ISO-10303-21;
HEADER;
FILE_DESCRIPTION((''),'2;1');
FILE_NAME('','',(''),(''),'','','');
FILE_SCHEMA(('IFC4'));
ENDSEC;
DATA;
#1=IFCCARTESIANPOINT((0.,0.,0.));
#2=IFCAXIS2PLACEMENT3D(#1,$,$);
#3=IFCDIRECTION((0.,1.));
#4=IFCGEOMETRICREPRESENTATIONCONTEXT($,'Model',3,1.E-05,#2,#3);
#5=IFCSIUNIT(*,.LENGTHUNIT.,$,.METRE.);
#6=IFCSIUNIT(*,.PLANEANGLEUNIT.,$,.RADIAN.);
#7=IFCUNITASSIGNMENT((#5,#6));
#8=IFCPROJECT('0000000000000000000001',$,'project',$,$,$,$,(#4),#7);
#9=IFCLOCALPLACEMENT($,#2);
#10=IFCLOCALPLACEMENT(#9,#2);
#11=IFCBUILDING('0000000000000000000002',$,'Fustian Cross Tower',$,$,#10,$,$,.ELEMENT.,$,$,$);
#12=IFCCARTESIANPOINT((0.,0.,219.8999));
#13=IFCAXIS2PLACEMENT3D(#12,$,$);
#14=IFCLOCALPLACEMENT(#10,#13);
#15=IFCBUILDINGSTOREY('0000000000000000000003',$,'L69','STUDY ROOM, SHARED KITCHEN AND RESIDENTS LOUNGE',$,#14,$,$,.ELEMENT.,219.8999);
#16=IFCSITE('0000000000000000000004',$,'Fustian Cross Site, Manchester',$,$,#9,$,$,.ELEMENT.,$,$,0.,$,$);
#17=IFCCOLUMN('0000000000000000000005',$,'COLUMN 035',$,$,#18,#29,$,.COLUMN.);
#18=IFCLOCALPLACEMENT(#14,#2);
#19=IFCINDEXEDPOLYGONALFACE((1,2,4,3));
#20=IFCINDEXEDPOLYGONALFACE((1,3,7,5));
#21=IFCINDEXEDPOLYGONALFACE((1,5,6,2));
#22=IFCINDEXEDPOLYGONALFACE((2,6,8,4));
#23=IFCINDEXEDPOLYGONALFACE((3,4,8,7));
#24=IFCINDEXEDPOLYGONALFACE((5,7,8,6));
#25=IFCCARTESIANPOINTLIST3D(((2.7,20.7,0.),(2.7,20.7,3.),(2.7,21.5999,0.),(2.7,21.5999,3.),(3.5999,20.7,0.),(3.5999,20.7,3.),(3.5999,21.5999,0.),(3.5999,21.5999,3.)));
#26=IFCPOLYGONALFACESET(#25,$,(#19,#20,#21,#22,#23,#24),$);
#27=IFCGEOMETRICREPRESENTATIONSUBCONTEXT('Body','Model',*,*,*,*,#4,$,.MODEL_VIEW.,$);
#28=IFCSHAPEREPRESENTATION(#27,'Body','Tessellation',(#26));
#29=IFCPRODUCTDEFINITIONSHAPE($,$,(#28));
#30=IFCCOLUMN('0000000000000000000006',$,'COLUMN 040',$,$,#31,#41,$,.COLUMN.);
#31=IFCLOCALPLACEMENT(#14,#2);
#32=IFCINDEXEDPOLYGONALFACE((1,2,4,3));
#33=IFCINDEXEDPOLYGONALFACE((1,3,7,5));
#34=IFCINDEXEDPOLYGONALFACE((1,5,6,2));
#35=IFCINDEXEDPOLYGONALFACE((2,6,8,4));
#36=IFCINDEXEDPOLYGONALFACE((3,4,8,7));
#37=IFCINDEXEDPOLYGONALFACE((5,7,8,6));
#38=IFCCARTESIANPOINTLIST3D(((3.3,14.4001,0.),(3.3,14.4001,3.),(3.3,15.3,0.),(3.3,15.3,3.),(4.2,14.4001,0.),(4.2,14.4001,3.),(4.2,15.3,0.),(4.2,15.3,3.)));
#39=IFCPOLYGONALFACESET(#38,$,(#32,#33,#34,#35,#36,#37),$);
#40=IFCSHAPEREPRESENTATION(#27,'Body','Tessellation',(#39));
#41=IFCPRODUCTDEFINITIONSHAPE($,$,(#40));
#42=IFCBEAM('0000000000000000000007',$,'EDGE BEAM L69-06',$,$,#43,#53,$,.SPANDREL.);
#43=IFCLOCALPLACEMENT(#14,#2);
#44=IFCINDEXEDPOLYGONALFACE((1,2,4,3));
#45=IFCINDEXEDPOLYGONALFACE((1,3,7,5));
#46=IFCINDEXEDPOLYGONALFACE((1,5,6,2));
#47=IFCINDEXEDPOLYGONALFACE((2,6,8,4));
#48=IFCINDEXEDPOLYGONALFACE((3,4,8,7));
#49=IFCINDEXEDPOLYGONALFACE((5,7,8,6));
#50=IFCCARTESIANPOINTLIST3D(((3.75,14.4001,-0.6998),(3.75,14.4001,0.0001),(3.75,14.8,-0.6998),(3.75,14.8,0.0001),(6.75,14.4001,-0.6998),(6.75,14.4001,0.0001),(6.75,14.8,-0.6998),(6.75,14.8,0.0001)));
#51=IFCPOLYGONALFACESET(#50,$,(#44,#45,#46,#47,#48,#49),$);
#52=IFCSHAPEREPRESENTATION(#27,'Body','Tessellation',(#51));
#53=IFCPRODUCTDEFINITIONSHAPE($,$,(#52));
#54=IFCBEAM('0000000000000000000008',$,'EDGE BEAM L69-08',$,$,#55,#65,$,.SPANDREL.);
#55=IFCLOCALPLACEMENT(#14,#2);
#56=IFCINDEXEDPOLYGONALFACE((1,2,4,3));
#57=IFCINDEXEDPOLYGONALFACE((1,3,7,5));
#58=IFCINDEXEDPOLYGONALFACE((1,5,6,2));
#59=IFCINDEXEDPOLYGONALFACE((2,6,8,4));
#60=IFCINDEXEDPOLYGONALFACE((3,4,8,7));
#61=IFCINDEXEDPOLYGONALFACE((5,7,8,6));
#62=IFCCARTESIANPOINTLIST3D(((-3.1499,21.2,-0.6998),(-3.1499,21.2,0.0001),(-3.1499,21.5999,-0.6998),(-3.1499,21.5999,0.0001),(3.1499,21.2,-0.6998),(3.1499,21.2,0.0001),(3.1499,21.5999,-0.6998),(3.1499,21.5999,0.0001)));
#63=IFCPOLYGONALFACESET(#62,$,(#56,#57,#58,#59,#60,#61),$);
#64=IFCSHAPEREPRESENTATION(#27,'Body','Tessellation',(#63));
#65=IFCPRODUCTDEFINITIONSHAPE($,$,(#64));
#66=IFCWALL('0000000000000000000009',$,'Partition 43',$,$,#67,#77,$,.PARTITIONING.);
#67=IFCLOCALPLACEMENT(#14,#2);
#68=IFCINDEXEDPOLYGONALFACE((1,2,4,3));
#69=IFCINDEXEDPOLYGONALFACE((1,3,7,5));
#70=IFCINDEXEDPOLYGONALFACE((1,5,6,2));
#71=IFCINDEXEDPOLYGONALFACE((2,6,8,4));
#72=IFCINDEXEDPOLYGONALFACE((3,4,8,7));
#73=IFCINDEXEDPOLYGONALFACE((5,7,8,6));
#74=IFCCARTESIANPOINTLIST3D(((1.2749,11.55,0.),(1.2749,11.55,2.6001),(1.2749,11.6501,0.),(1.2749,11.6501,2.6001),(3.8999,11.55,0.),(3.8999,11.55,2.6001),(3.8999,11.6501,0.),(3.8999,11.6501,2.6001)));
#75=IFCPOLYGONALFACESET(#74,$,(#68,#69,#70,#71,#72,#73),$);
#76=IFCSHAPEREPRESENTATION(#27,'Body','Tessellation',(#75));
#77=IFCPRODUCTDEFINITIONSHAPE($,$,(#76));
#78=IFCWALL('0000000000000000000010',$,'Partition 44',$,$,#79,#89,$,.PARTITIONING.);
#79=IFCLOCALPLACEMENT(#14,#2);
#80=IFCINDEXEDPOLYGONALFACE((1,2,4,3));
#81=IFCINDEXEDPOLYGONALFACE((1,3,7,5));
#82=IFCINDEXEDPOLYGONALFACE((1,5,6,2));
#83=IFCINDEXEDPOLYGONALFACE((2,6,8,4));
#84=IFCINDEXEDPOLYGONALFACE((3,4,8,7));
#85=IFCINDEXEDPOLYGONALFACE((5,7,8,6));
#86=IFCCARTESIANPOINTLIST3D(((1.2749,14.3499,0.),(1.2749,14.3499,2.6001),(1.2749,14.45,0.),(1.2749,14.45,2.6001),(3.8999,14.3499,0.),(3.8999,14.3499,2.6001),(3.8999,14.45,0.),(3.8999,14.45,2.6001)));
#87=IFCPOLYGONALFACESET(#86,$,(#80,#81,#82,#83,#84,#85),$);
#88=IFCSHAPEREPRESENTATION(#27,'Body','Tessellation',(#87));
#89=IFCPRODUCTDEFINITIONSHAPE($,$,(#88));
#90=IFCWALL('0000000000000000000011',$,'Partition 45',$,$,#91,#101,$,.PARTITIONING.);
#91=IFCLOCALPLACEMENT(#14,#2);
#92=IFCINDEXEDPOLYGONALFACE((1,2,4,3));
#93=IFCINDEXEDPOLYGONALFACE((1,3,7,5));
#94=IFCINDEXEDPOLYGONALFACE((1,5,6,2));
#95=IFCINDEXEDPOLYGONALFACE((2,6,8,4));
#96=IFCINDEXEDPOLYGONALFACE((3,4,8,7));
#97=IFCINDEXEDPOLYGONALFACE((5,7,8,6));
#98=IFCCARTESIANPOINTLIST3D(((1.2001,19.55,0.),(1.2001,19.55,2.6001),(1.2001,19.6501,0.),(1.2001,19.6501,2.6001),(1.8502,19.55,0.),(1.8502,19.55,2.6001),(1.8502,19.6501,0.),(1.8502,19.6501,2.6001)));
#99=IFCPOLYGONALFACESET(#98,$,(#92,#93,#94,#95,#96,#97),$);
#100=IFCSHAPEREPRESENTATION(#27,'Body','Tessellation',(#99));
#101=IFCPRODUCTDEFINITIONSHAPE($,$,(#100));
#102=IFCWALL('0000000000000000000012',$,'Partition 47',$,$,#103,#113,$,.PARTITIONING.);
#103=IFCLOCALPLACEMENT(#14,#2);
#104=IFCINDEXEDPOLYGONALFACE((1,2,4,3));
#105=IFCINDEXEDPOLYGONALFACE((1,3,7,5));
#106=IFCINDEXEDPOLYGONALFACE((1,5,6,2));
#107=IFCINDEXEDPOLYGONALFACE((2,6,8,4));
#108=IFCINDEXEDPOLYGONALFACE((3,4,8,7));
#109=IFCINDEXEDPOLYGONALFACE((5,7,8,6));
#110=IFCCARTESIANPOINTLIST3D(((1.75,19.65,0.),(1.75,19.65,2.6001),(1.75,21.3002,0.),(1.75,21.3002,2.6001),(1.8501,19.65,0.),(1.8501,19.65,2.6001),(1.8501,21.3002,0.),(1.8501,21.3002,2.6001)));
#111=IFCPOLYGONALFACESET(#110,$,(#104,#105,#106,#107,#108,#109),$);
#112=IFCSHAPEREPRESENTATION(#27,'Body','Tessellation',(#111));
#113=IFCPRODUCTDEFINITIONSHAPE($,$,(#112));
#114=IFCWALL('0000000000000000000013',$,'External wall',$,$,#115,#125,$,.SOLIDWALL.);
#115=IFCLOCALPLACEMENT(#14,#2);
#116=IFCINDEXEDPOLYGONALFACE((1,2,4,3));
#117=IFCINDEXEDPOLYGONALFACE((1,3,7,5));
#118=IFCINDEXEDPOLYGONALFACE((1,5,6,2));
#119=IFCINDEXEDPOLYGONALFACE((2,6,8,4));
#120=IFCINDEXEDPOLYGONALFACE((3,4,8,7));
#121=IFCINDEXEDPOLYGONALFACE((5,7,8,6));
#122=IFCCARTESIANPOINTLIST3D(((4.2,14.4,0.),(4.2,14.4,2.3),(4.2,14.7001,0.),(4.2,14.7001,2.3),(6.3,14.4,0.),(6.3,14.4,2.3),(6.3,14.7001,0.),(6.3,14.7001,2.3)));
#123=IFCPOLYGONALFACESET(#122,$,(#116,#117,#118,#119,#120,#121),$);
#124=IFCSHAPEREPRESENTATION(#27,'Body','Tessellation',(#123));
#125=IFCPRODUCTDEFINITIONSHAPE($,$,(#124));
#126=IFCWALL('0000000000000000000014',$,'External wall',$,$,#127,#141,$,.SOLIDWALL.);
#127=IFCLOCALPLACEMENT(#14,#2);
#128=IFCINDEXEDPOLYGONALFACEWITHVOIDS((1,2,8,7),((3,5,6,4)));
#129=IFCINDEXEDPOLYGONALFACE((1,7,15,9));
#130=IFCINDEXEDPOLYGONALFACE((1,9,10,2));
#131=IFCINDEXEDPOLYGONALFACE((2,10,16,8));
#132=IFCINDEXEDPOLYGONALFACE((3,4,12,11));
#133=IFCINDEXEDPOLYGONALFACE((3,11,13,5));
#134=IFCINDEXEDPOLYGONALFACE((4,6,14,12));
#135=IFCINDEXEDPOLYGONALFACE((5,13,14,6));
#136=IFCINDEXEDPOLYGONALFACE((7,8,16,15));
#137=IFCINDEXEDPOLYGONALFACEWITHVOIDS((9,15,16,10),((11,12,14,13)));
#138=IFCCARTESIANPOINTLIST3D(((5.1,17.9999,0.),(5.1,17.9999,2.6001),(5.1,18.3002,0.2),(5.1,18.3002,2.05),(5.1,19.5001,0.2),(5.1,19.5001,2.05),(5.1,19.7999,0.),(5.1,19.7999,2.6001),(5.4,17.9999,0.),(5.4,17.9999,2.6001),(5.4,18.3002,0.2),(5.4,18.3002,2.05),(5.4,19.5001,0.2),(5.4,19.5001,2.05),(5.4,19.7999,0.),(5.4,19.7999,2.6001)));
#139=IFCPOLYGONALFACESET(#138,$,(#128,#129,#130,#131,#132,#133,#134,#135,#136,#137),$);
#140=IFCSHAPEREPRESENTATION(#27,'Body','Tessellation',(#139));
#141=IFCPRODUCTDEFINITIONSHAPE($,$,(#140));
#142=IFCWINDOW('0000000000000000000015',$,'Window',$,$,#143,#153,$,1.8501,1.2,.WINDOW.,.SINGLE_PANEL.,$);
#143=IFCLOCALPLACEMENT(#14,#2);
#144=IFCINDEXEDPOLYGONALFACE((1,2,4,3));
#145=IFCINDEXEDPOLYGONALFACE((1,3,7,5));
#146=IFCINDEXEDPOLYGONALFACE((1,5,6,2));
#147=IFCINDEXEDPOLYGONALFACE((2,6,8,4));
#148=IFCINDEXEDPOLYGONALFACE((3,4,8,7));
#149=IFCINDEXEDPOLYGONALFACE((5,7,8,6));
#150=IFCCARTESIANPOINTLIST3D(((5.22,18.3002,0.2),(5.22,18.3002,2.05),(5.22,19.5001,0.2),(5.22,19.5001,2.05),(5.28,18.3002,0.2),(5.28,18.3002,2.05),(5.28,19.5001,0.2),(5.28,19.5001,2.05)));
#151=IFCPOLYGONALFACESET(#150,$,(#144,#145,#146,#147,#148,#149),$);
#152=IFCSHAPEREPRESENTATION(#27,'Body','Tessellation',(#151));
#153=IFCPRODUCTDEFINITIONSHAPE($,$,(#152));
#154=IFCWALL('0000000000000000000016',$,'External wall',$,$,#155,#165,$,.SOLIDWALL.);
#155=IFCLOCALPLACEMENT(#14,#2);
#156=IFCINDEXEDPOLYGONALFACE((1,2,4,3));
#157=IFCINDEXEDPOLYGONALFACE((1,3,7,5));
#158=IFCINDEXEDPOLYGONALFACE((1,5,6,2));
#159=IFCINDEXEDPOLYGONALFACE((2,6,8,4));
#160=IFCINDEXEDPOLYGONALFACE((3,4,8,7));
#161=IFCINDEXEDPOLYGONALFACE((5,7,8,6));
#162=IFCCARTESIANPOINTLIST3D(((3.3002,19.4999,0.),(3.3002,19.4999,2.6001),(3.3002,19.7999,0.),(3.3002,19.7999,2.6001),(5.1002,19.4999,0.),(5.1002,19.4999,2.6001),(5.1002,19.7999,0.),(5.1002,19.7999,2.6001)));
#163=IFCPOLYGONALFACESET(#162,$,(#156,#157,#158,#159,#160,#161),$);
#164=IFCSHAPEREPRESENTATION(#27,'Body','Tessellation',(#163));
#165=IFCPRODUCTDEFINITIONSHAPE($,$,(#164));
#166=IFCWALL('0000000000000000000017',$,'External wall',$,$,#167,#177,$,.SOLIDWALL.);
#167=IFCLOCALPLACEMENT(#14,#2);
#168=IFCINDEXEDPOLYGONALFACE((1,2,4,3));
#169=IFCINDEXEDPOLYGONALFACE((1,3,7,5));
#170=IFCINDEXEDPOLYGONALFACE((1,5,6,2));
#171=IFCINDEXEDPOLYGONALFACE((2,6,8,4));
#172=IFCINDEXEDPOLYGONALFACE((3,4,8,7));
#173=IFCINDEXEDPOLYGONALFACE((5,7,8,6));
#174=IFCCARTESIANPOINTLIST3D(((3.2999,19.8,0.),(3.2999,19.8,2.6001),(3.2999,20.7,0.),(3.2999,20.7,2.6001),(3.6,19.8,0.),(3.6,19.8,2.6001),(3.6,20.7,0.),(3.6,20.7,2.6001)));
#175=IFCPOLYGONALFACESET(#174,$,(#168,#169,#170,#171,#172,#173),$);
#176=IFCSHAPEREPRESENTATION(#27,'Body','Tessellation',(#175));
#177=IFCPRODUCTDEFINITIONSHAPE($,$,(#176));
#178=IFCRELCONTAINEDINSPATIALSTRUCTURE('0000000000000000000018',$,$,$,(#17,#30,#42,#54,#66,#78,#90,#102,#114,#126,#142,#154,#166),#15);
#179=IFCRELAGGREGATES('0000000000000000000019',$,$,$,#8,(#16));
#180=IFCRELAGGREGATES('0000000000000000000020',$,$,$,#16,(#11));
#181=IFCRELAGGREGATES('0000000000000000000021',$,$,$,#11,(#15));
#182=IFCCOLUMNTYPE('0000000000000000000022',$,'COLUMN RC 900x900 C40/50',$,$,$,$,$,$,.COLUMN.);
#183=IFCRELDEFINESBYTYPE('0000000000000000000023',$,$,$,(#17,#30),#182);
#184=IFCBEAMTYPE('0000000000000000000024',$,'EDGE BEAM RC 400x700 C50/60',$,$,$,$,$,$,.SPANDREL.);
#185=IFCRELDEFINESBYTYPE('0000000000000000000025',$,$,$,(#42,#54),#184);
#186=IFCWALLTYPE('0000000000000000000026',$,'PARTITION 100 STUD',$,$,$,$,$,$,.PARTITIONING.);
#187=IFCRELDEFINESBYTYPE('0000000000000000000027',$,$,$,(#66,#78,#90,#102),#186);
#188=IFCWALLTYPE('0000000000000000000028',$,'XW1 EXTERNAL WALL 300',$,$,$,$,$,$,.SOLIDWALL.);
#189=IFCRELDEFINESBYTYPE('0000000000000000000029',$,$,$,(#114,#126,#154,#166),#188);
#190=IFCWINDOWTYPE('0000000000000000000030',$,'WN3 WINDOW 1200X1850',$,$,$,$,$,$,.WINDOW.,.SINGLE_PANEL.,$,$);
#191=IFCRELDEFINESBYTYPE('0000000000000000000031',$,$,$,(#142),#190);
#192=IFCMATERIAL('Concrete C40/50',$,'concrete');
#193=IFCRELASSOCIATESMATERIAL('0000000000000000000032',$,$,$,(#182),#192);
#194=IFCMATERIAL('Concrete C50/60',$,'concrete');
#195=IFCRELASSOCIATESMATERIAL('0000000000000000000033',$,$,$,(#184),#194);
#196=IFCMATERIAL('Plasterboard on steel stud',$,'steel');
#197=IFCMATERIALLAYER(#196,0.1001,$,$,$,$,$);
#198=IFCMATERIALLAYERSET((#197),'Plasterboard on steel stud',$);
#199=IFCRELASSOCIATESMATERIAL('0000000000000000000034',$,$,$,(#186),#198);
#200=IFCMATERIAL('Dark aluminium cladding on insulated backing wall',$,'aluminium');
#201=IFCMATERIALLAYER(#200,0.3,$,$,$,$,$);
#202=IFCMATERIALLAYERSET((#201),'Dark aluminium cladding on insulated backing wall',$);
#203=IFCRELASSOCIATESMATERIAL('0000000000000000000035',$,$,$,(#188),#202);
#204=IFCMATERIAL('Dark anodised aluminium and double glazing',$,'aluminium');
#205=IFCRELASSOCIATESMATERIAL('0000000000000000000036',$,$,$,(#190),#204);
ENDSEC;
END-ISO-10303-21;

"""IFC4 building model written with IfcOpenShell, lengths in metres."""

from ifc_helpers import new_model, si_unit, direction, frame, frame_2d, origin, origin_2d, place, context, subcontext, project, spatial, rectangle, extrude, material, layer, layer_set, material_profile, profile_set, type_object, element, fill, save


model = new_model("IFC4")

# Units and contexts
model_context = context("Model", 3, precision=1e-05, world=origin(), true_north=direction((0.0, 1.0)))
body_context = subcontext(model_context, "Body", "Model", "MODEL_VIEW")
ifc_project = project(units=[si_unit("LENGTHUNIT", "METRE"), si_unit("PLANEANGLEUNIT", "RADIAN")], contexts=[model_context])

# Site, building, storey
site_placement = place(None, origin())
site = spatial("IfcSite", under=ifc_project, at=site_placement, Name="Fustian Cross Site, Manchester", CompositionType="ELEMENT", RefElevation=0.0)
building_placement = place(site_placement, origin())
building = spatial("IfcBuilding", under=site, at=building_placement, Name="Fustian Cross Tower", CompositionType="ELEMENT")
storey_placement = place(building_placement, frame((0.0, 0.0, 219.8999)))
storey = spatial("IfcBuildingStorey", under=building, at=storey_placement, Name="L69", Description="STUDY ROOM, SHARED KITCHEN AND RESIDENTS LOUNGE", CompositionType="ELEMENT", Elevation=219.8999)

# Columns
ifc_material_1 = material(Name="Concrete C40/50", Category="concrete")
ifc_material_profile_1 = material_profile(ifc_material_1, rectangle(XDim=0.8999, YDim=0.8999, at=origin_2d()), Name="RC 900x900")
ifc_profile_set_1 = profile_set([ifc_material_profile_1], Name="Concrete C40/50")
column_type = type_object("IfcColumnType", Name="COLUMN RC 900x900 C40/50", PredefinedType="COLUMN", material=ifc_profile_set_1)
for number, where, z_axis, x_axis, name in (
    (1, (3.1499, 21.1499, 0.0), (0.0, 0.0, 1.0), (1.0, 0.0, 0.0), "COLUMN 035"),
    (2, (3.75, 14.8501, 0.0), (0.0, 0.0, 1.0), (1.0, 0.0, 0.0), "COLUMN 040"),
):
    element("IfcColumn", number, at=place(storey_placement, frame(where, z_axis=z_axis, x_axis=x_axis)), inside=storey, type_object=column_type, Name=name, PredefinedType="COLUMN", context=body_context, shape_type="SweptSolid", body=[
        extrude(rectangle(XDim=0.8999, YDim=0.8999, at=origin_2d()), origin(), (0.0, 0.0, 1.0), 3.0),
    ])

# Beams
ifc_material_2 = material(Name="Concrete C50/60", Category="concrete")
ifc_material_profile_2 = material_profile(ifc_material_2, rectangle(XDim=0.3999, YDim=0.7, at=origin_2d()), Name="RC 400x700")
ifc_profile_set_2 = profile_set([ifc_material_profile_2], Name="Concrete C50/60")
beam_type = type_object("IfcBeamType", Name="EDGE BEAM RC 400x700 C50/60", PredefinedType="SPANDREL", material=ifc_profile_set_2)
beam_1_placement = place(storey_placement, frame((3.75, 14.6001, -0.3499), z_axis=(1.0, 0.0, 0.0), x_axis=(0.0, 1.0, 0.0)))
element("IfcBeam", 3, at=beam_1_placement, inside=storey, type_object=beam_type, Name="EDGE BEAM L69-06", PredefinedType="SPANDREL", context=body_context, shape_type="SweptSolid", body=[
    extrude(rectangle(XDim=0.3999, YDim=0.7, at=origin_2d()), origin(), (0.0, 0.0, 1.0), 3.0),
])
beam_2_placement = place(storey_placement, frame((3.1499, 21.3999, -0.3499), z_axis=(-1.0, 0.0, 0.0), x_axis=(0.0, -1.0, 0.0)))
element("IfcBeam", 4, at=beam_2_placement, inside=storey, type_object=beam_type, Name="EDGE BEAM L69-08", PredefinedType="SPANDREL", context=body_context, shape_type="SweptSolid", body=[
    extrude(rectangle(XDim=0.3999, YDim=0.7, at=origin_2d()), origin(), (0.0, 0.0, 1.0), 6.2998),
])

# Walls
ifc_material_3 = material(Name="Plasterboard on steel stud", Category="steel")
ifc_layer_1 = layer(ifc_material_3, 0.1001)
ifc_layer_set_1 = layer_set([ifc_layer_1], Name="Plasterboard on steel stud")
wall_type_1 = type_object("IfcWallType", Name="PARTITION 100 STUD", PredefinedType="PARTITIONING", material=ifc_layer_set_1)
for number, where, z_axis, x_axis, name in (
    (5, (1.2749, 11.6001, 0.0), (0.0, 0.0, 1.0), (1.0, 0.0, 0.0), "Partition 43"),
    (6, (1.2749, 14.3999, 0.0), (0.0, 0.0, 1.0), (1.0, 0.0, 0.0), "Partition 44"),
):
    element("IfcWall", number, at=place(storey_placement, frame(where, z_axis=z_axis, x_axis=x_axis)), inside=storey, type_object=wall_type_1, Name=name, PredefinedType="PARTITIONING", context=body_context, shape_type="SweptSolid", body=[
        extrude(rectangle(XDim=2.625, YDim=0.1001, at=frame_2d((1.3125, 0.0))), origin(), (0.0, 0.0, 1.0), 2.6001),
    ])
wall_1_placement = place(storey_placement, frame((1.2, 19.6001, 0.0), z_axis=(0.0, 0.0, 1.0), x_axis=(1.0, 0.0, 0.0)))
element("IfcWall", 7, at=wall_1_placement, inside=storey, type_object=wall_type_1, Name="Partition 45", PredefinedType="PARTITIONING", context=body_context, shape_type="SweptSolid", body=[
    extrude(rectangle(XDim=0.6501, YDim=0.1001, at=frame_2d((0.3252, 0.0))), origin(), (0.0, 0.0, 1.0), 2.6001),
])
wall_2_placement = place(storey_placement, frame((1.8, 19.6499, 0.0), z_axis=(0.0, 0.0, 1.0), x_axis=(0.0, 1.0, 0.0)))
element("IfcWall", 8, at=wall_2_placement, inside=storey, type_object=wall_type_1, Name="Partition 47", PredefinedType="PARTITIONING", context=body_context, shape_type="SweptSolid", body=[
    extrude(rectangle(XDim=1.6501, YDim=0.1001, at=frame_2d((0.8252, 0.0))), origin(), (0.0, 0.0, 1.0), 2.6001),
])
ifc_material_4 = material(Name="Dark aluminium cladding on insulated backing wall", Category="aluminium")
ifc_layer_2 = layer(ifc_material_4, 0.3)
ifc_layer_set_2 = layer_set([ifc_layer_2], Name="Dark aluminium cladding on insulated backing wall")
wall_type_2 = type_object("IfcWallType", Name="XW1 EXTERNAL WALL 300", PredefinedType="SOLIDWALL", material=ifc_layer_set_2)
wall_3_placement = place(storey_placement, frame((4.2, 14.55, 0.0), z_axis=(0.0, 0.0, 1.0), x_axis=(1.0, 0.0, 0.0)))
element("IfcWall", 9, at=wall_3_placement, inside=storey, type_object=wall_type_2, Name="External wall", PredefinedType="SOLIDWALL", context=body_context, shape_type="SweptSolid", body=[
    extrude(rectangle(XDim=2.1001, YDim=0.3, at=frame_2d((1.05, 0.0))), origin(), (0.0, 0.0, 1.0), 2.3),
])

# Wall, opening, window
wall_4_placement = place(storey_placement, frame((5.25, 18.0, 0.0), z_axis=(0.0, 0.0, 1.0), x_axis=(0.0, 1.0, 0.0)))
wall_4 = element("IfcWall", 10, at=wall_4_placement, inside=storey, type_object=wall_type_2, Name="External wall", PredefinedType="SOLIDWALL", context=body_context, shape_type="SweptSolid", body=[
    extrude(rectangle(XDim=1.8, YDim=0.3, at=frame_2d((0.8999, 0.0))), origin(), (0.0, 0.0, 1.0), 2.6001),
])
opening_1_placement = place(wall_4_placement, frame((0.3, 0.0, 0.2)))
opening_1 = element("IfcOpeningElement", 11, at=opening_1_placement, cuts=wall_4, PredefinedType="OPENING", context=body_context, shape_type="SweptSolid", body=[
    extrude(rectangle(XDim=1.2, YDim=1.8501, at=frame_2d((0.6001, 0.925))), frame((0.0, 0.1599, 0.0), z_axis=(0.0, -1.0, 0.0), x_axis=(1.0, 0.0, 0.0)), (0.0, 0.0, 1.0), 0.3201),
])
ifc_material_5 = material(Name="Dark anodised aluminium and double glazing", Category="aluminium")
window_type_1 = type_object("IfcWindowType", Name="WN3 WINDOW 1200X1850", PartitioningType="SINGLE_PANEL", PredefinedType="WINDOW", material=ifc_material_5)
window_1_placement = place(opening_1_placement, origin())
window_1 = element("IfcWindow", 12, at=window_1_placement, inside=storey, type_object=window_type_1, Name="Window", OverallHeight=1.8501, OverallWidth=1.2, PartitioningType="SINGLE_PANEL", PredefinedType="WINDOW", context=body_context, shape_type="SweptSolid", body=[
    extrude(rectangle(XDim=1.2, YDim=1.8501, at=frame_2d((0.6001, 0.925))), frame((0.0, 0.03, 0.0), z_axis=(0.0, -1.0, 0.0), x_axis=(1.0, 0.0, 0.0)), (0.0, 0.0, 1.0), 0.0601),
])
fill(opening_1, window_1)

# Walls
wall_5_placement = place(storey_placement, frame((5.1001, 19.6499, 0.0), z_axis=(0.0, 0.0, 1.0), x_axis=(-1.0, 0.0, 0.0)))
element("IfcWall", 13, at=wall_5_placement, inside=storey, type_object=wall_type_2, Name="External wall", PredefinedType="SOLIDWALL", context=body_context, shape_type="SweptSolid", body=[
    extrude(rectangle(XDim=1.8, YDim=0.3, at=frame_2d((0.8999, 0.0))), origin(), (0.0, 0.0, 1.0), 2.6001),
])
wall_6_placement = place(storey_placement, frame((3.45, 19.8, 0.0), z_axis=(0.0, 0.0, 1.0), x_axis=(0.0, 1.0, 0.0)))
element("IfcWall", 14, at=wall_6_placement, inside=storey, type_object=wall_type_2, Name="External wall", PredefinedType="SOLIDWALL", context=body_context, shape_type="SweptSolid", body=[
    extrude(rectangle(XDim=0.8999, YDim=0.3, at=frame_2d((0.45, 0.0))), origin(), (0.0, 0.0, 1.0), 2.6001),
])

save(model, "model.ifc")
